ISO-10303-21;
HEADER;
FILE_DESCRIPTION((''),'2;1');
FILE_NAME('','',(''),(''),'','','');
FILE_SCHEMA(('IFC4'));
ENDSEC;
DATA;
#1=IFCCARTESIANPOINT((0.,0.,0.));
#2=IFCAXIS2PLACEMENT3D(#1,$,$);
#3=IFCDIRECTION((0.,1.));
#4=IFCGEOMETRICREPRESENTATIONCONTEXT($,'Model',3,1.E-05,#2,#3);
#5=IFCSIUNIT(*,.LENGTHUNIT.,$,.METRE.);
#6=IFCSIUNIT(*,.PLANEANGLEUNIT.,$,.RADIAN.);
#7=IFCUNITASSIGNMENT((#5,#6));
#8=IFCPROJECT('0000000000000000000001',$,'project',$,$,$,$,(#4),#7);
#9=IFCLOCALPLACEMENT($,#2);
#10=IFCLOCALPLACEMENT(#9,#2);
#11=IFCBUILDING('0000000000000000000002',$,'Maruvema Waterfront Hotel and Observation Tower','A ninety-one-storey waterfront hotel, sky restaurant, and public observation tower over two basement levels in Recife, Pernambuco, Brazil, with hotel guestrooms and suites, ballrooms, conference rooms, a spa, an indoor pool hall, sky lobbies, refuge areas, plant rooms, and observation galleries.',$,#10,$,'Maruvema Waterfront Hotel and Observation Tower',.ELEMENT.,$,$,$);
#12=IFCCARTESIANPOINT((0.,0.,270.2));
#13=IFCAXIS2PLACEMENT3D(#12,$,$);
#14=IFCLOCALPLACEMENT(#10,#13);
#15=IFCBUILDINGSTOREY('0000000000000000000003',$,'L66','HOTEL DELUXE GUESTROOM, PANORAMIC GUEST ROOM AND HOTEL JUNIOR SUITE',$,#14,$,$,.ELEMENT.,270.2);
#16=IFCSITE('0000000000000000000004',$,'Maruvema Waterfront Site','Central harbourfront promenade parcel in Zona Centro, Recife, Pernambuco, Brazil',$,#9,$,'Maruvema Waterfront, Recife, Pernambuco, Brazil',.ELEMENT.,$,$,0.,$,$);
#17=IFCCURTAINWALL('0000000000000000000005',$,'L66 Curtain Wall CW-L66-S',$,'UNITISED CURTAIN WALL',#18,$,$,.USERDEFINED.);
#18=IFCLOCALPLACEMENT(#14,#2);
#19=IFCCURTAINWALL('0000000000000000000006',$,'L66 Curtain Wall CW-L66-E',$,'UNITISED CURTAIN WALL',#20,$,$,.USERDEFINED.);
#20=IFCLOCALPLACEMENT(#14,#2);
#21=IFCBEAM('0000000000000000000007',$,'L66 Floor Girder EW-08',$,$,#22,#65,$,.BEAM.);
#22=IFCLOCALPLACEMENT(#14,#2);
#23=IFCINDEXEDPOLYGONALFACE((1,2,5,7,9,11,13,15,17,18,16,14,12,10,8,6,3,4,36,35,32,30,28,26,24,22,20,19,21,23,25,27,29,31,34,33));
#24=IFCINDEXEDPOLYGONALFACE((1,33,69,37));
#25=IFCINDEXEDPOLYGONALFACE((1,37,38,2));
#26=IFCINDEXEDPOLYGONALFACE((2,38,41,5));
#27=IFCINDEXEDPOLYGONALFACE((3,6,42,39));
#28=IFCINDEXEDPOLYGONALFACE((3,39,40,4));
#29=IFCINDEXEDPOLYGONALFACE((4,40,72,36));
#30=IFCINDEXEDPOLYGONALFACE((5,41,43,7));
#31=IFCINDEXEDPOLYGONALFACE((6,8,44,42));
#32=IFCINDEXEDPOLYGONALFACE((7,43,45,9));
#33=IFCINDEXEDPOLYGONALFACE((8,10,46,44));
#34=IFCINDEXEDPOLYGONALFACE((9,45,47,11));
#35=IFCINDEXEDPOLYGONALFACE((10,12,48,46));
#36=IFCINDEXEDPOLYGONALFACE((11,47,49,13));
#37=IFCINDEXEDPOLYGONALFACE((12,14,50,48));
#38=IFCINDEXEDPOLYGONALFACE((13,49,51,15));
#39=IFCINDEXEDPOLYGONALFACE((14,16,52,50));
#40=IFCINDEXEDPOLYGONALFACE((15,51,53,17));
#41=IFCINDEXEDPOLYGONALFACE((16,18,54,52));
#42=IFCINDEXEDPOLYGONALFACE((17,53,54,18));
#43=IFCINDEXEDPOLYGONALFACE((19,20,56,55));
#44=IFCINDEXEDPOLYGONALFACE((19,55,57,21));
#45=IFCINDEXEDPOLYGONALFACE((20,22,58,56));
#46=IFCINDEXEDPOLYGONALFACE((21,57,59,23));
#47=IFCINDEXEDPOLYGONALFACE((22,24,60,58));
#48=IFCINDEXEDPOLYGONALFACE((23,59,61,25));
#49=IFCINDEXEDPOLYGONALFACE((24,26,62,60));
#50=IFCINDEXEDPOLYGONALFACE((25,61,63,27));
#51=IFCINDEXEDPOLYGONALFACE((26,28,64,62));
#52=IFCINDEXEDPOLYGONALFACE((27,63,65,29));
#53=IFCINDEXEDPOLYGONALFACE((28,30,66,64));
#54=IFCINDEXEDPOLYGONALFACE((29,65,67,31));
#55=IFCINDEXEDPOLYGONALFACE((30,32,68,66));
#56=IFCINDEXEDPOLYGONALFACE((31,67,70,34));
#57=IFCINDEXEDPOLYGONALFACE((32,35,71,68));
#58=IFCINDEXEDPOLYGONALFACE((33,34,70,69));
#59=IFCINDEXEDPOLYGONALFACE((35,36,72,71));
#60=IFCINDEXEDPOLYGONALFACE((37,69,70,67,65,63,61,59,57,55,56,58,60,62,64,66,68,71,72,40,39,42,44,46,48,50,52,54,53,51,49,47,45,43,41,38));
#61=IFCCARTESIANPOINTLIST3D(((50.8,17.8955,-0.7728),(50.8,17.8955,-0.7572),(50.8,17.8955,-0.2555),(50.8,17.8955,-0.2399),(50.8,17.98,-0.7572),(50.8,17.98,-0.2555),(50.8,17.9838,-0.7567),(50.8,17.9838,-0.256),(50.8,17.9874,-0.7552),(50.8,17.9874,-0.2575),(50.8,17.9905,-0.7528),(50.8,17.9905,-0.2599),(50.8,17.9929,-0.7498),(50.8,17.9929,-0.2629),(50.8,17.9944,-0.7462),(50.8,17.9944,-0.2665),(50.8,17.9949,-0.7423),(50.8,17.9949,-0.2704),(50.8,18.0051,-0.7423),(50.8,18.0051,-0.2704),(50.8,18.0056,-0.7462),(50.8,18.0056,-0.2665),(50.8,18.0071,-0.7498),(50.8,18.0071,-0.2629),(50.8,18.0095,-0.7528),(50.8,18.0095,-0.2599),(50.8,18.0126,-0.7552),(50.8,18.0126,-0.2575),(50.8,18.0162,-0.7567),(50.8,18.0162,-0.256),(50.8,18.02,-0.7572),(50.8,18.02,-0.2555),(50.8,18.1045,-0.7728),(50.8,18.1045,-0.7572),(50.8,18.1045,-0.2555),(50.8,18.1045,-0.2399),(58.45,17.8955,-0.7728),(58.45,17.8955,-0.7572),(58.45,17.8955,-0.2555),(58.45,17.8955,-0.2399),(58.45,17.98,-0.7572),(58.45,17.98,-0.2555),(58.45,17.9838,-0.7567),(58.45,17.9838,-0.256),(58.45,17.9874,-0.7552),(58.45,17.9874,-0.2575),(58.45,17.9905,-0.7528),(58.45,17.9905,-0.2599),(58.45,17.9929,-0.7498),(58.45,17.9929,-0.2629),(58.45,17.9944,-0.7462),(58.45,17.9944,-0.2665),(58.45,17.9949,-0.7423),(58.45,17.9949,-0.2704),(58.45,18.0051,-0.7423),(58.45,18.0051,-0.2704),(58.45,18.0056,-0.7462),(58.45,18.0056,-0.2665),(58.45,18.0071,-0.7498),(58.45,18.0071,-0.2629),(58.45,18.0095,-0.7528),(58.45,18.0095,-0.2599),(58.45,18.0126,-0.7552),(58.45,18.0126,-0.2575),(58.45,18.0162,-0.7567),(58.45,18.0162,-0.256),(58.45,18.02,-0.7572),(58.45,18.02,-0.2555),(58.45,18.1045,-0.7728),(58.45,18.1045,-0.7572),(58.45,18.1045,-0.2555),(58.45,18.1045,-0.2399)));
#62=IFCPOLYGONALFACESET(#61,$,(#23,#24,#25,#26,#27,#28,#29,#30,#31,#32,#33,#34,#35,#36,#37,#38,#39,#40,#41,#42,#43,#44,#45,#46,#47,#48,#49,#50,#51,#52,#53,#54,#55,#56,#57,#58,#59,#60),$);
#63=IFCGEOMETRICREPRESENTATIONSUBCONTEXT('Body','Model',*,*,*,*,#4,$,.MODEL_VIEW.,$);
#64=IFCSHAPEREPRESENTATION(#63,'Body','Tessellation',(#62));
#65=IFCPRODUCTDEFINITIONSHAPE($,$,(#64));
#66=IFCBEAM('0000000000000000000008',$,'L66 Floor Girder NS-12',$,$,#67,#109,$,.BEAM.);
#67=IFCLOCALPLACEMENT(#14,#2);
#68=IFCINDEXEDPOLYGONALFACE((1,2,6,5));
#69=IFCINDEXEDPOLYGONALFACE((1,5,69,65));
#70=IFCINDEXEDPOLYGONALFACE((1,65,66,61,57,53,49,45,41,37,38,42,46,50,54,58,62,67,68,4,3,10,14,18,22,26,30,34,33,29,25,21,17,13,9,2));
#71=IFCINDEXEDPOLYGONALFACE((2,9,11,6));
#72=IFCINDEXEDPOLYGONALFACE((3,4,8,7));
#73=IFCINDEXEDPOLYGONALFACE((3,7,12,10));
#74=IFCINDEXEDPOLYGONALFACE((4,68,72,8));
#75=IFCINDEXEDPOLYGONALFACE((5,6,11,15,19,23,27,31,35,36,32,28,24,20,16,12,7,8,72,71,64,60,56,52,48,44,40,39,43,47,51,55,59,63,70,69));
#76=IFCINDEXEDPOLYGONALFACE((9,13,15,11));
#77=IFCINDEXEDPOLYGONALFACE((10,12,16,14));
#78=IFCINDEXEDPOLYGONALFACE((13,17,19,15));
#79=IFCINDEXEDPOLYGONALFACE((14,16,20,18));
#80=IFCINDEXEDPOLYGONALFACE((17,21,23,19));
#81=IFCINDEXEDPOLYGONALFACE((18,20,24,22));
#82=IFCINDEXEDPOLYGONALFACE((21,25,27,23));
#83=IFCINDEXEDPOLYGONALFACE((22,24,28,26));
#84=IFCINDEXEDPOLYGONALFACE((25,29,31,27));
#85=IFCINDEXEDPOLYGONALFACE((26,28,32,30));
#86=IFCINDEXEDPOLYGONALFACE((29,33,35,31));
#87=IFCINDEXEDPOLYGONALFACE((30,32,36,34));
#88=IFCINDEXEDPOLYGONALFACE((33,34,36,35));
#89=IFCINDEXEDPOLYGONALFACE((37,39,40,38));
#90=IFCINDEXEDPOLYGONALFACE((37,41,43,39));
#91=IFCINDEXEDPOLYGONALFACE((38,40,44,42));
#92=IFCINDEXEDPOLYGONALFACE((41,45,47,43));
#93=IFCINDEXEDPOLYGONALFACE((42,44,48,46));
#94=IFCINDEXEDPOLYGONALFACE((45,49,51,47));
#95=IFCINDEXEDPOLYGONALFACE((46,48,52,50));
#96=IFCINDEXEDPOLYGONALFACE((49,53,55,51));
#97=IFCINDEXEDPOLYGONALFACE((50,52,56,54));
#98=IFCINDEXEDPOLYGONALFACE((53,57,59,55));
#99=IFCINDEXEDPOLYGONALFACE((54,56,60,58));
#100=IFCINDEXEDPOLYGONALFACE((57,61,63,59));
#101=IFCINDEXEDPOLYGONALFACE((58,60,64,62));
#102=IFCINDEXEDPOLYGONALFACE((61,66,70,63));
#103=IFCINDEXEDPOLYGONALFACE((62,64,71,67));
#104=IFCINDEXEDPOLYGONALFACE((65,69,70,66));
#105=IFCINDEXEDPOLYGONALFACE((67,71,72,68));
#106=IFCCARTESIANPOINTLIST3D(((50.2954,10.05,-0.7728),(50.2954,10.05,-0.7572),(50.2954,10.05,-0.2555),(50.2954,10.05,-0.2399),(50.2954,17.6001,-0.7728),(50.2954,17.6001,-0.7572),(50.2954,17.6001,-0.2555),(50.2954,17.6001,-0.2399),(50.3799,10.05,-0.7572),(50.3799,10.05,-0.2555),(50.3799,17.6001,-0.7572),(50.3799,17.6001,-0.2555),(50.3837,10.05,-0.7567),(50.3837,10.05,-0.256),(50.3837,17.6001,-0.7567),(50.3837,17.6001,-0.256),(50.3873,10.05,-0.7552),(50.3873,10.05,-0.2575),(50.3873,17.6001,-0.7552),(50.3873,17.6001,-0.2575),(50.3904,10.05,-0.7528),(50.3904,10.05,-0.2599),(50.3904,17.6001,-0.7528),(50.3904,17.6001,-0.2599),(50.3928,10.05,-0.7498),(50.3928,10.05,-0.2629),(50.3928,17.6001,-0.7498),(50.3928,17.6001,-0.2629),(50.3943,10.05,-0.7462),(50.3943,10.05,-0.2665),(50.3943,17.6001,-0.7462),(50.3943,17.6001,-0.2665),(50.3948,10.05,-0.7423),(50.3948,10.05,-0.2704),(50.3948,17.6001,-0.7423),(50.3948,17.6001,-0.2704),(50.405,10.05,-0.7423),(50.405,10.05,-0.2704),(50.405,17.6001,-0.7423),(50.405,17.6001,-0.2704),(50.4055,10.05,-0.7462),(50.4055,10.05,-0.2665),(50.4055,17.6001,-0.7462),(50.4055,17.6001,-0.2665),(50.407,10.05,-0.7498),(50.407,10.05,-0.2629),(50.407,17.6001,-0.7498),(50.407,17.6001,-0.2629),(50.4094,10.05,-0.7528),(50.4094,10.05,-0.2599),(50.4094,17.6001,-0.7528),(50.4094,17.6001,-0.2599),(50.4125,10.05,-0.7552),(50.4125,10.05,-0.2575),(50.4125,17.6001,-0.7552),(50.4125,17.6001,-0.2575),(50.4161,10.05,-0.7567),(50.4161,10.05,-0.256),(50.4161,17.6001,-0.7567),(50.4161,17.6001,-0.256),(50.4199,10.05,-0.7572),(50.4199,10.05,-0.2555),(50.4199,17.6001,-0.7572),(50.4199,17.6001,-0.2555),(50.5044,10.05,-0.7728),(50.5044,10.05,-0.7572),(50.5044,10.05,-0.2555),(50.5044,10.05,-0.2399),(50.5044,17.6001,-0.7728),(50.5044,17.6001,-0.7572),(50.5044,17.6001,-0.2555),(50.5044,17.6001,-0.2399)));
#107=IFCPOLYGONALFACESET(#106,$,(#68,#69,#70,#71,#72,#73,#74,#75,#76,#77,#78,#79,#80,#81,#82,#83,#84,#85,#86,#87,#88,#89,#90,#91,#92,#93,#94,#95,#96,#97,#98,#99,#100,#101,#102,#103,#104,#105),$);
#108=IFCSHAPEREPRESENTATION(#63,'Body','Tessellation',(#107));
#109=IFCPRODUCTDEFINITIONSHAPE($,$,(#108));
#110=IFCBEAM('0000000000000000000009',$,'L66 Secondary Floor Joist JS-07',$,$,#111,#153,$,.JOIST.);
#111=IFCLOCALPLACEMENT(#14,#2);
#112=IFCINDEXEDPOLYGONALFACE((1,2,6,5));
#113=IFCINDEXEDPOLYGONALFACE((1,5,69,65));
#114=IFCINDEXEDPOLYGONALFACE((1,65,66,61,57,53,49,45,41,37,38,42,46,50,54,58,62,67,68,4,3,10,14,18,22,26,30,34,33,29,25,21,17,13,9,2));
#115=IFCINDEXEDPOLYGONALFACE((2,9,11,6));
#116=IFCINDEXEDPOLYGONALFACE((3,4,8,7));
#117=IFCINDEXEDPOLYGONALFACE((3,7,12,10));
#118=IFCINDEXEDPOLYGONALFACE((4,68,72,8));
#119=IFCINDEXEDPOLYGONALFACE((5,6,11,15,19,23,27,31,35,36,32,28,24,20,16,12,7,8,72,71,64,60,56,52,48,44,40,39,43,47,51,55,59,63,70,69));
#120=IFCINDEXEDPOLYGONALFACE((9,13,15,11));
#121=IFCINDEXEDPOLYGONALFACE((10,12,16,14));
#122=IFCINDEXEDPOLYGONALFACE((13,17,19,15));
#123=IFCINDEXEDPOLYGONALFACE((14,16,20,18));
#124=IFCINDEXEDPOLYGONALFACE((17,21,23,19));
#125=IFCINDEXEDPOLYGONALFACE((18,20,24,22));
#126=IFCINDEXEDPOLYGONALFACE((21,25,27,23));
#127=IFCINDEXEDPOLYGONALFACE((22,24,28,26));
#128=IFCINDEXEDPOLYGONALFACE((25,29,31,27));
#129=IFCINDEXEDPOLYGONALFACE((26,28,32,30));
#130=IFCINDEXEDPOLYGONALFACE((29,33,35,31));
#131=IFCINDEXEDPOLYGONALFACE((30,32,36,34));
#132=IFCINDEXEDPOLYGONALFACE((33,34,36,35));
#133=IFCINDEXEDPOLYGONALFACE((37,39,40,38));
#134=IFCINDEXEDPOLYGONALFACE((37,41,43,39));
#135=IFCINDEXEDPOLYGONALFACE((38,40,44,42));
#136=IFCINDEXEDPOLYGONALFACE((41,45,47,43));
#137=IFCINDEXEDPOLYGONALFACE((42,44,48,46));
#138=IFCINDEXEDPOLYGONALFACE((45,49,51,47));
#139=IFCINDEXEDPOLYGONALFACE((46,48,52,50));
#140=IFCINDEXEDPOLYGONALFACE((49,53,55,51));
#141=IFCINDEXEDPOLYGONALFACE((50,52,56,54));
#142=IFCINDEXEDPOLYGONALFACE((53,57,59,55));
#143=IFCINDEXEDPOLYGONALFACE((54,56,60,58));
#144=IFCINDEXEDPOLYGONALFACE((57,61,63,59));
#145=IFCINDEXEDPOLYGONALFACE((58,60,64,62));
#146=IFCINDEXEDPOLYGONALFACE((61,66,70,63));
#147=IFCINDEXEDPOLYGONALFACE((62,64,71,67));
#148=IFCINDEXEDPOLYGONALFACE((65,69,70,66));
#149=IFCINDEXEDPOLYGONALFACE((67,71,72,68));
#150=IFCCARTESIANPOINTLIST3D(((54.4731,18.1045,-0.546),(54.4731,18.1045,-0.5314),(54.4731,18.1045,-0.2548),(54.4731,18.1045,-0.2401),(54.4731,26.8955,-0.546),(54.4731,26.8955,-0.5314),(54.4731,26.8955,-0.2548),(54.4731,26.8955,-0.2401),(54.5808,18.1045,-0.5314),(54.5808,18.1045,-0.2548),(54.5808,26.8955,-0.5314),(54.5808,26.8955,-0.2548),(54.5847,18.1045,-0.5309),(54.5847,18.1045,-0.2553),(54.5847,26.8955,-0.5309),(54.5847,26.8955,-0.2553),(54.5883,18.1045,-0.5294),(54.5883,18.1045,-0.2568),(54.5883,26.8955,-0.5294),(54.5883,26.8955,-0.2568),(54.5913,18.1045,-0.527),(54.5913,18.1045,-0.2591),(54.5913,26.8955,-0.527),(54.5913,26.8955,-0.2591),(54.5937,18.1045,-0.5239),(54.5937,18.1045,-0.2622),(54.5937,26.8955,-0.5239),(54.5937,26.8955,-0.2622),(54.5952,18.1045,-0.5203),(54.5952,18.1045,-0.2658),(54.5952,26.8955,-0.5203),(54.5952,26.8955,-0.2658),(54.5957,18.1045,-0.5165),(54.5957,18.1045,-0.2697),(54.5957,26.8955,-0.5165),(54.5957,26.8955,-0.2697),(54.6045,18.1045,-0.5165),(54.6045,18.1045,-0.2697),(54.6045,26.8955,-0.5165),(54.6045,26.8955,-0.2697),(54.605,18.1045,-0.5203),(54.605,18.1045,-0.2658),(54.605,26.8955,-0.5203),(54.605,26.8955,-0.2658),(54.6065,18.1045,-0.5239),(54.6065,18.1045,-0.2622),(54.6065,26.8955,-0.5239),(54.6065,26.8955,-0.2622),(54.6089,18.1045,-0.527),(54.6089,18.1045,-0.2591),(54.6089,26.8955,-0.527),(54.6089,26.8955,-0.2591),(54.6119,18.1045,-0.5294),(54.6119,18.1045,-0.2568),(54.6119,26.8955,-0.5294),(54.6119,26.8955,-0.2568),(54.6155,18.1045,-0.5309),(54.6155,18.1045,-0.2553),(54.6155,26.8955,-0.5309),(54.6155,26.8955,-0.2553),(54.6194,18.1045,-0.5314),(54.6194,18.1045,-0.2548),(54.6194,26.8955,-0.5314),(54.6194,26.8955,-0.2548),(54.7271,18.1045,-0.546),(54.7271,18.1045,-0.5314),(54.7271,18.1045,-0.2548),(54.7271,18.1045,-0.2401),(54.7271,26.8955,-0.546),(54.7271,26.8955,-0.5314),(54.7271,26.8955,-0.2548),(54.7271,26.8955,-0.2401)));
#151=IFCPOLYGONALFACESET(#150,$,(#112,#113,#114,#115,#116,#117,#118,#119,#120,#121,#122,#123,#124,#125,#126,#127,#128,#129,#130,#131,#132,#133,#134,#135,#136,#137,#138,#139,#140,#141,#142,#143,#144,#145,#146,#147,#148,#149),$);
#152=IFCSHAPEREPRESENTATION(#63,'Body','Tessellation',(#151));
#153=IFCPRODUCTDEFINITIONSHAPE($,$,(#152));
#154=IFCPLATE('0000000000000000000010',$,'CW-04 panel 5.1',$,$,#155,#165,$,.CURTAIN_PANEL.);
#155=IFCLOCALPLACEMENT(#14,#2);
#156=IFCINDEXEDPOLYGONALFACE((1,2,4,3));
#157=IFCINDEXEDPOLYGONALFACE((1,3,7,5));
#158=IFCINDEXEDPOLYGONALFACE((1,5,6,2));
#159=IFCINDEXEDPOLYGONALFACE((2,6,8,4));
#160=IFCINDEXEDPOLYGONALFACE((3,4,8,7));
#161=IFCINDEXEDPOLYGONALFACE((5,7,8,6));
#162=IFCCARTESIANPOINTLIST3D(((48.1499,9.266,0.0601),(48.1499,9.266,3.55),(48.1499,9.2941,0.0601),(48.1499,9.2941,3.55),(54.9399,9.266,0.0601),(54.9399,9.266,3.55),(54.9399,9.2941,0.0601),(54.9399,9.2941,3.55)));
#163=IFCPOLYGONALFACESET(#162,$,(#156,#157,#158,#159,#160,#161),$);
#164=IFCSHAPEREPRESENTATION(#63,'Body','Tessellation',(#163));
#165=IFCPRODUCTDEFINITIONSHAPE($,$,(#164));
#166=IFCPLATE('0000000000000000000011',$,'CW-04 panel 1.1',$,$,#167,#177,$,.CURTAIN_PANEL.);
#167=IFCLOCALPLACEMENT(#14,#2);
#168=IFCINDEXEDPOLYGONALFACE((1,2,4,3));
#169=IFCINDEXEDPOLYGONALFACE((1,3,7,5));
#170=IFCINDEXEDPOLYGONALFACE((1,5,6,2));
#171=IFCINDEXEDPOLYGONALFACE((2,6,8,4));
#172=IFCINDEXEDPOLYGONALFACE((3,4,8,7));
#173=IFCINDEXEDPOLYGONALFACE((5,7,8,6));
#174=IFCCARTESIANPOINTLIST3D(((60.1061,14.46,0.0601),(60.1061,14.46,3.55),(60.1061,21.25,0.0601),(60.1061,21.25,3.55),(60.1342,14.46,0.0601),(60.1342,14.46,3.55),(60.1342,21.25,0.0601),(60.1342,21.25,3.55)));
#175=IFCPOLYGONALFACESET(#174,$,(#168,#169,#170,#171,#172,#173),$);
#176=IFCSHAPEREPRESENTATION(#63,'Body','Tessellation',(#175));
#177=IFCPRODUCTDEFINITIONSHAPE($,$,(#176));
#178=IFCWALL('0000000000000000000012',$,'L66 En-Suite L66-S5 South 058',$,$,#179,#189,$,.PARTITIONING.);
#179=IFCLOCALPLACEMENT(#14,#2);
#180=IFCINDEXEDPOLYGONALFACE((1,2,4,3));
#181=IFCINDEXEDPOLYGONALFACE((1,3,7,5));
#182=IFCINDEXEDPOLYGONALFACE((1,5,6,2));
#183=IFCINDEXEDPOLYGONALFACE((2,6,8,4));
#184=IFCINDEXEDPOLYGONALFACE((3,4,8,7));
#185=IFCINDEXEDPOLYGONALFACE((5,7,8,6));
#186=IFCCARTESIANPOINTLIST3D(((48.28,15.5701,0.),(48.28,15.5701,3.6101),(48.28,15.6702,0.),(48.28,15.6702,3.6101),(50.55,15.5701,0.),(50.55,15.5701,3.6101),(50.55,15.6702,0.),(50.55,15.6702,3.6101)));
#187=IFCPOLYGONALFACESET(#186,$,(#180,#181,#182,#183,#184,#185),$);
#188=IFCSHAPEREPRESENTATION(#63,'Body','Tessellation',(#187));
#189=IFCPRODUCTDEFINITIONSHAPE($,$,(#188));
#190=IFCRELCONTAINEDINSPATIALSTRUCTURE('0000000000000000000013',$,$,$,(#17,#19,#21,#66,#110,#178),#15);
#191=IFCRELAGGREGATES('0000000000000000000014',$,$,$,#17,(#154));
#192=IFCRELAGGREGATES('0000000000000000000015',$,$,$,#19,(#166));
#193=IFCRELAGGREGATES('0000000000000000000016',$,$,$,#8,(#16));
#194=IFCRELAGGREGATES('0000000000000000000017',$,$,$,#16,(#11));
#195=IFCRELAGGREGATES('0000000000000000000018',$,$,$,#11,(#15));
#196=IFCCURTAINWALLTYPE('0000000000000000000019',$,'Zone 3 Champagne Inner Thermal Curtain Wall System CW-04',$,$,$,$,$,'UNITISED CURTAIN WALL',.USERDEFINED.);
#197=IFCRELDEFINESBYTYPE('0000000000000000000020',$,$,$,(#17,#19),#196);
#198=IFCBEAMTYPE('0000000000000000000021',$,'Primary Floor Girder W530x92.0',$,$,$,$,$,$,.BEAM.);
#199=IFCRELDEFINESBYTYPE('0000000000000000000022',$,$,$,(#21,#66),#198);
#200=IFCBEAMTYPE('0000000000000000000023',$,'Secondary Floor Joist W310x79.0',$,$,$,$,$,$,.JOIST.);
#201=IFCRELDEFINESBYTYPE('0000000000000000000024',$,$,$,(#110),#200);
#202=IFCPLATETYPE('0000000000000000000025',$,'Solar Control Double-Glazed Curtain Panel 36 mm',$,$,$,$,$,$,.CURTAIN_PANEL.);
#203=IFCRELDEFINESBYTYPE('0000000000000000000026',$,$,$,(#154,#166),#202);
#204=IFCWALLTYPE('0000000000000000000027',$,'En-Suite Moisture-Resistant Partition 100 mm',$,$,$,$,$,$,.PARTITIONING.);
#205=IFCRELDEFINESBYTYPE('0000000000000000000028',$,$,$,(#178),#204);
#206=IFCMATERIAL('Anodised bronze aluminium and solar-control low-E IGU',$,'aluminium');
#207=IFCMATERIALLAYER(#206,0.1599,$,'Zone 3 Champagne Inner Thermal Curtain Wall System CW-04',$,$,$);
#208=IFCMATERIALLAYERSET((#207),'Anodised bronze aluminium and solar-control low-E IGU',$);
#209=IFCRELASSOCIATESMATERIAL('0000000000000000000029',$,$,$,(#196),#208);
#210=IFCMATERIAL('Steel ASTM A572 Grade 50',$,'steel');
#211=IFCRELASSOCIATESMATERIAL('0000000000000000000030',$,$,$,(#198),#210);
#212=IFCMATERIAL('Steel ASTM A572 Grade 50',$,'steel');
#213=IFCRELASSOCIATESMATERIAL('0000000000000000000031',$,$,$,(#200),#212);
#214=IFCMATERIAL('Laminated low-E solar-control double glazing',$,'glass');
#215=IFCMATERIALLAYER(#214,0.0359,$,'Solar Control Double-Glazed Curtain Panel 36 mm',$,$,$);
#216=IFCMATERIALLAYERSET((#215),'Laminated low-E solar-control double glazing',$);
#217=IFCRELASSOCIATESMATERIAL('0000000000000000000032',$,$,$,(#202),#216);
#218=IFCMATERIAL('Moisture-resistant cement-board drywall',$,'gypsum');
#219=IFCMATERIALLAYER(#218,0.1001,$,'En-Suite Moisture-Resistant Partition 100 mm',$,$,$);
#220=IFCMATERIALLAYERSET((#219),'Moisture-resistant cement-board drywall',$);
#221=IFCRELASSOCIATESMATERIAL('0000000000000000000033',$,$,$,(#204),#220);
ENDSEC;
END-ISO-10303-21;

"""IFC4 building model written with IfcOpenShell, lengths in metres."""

from ifc_helpers import new_model, si_unit, direction, frame, frame_2d, origin, origin_2d, place, context, subcontext, project, spatial, rectangle, i_section, extrude, material, layer, layer_set, material_profile, profile_set, type_object, element, aggregate, save


model = new_model("IFC4")

# Units and contexts
model_context = context("Model", 3, precision=1e-05, world=origin(), true_north=direction((0.0, 1.0)))
body_context = subcontext(model_context, "Body", "Model", "MODEL_VIEW")
ifc_project = project(units=[si_unit("LENGTHUNIT", "METRE"), si_unit("PLANEANGLEUNIT", "RADIAN")], contexts=[model_context])

# Site, building, storey
site_placement = place(None, origin())
site = spatial("IfcSite", under=ifc_project, at=site_placement, Name="Maruvema Waterfront Site", Description="Central harbourfront promenade parcel in Zona Centro, Recife, Pernambuco, Brazil", LongName="Maruvema Waterfront, Recife, Pernambuco, Brazil", CompositionType="ELEMENT", RefElevation=0.0)
building_placement = place(site_placement, origin())
building = spatial("IfcBuilding", under=site, at=building_placement, Name="Maruvema Waterfront Hotel and Observation Tower", Description="A ninety-one-storey waterfront hotel, sky restaurant, and public observation tower over two basement levels in Recife, Pernambuco, Brazil, with hotel guestrooms and suites, ballrooms, conference rooms, a spa, an indoor pool hall, sky lobbies, refuge areas, plant rooms, and observation galleries.", LongName="Maruvema Waterfront Hotel and Observation Tower", CompositionType="ELEMENT")
storey_placement = place(building_placement, frame((0.0, 0.0, 270.2)))
storey = spatial("IfcBuildingStorey", under=building, at=storey_placement, Name="L66", Description="HOTEL DELUXE GUESTROOM, PANORAMIC GUEST ROOM AND HOTEL JUNIOR SUITE", CompositionType="ELEMENT", Elevation=270.2)

# Curtain walls
ifc_material_1 = material(Name="Anodised bronze aluminium and solar-control low-E IGU", Category="aluminium")
ifc_layer_1 = layer(ifc_material_1, 0.1599, Name="Zone 3 Champagne Inner Thermal Curtain Wall System CW-04")
ifc_layer_set_1 = layer_set([ifc_layer_1], Name="Anodised bronze aluminium and solar-control low-E IGU")
curtain_wall_type = type_object("IfcCurtainWallType", Name="Zone 3 Champagne Inner Thermal Curtain Wall System CW-04", ElementType="UNITISED CURTAIN WALL", PredefinedType="USERDEFINED", material=ifc_layer_set_1)
curtain_wall_1_placement = place(storey_placement, origin())
curtain_wall_1 = element("IfcCurtainWall", 1, at=curtain_wall_1_placement, inside=storey, type_object=curtain_wall_type, Name="L66 Curtain Wall CW-L66-S", ObjectType="UNITISED CURTAIN WALL", PredefinedType="USERDEFINED")
curtain_wall_2_placement = place(storey_placement, origin())
curtain_wall_2 = element("IfcCurtainWall", 2, at=curtain_wall_2_placement, inside=storey, type_object=curtain_wall_type, Name="L66 Curtain Wall CW-L66-E", ObjectType="UNITISED CURTAIN WALL", PredefinedType="USERDEFINED")

# Beams
ifc_material_2 = material(Name="Steel ASTM A572 Grade 50", Category="steel")
ifc_material_profile_1 = material_profile(ifc_material_2, i_section(OverallWidth=0.209, OverallDepth=0.533, WebThickness=0.0103, FlangeThickness=0.0156, FilletRadius=0.0149, at=origin_2d()), Name="W530x92.0")
ifc_profile_set_1 = profile_set([ifc_material_profile_1], Name="Steel ASTM A572 Grade 50")
beam_type_1 = type_object("IfcBeamType", Name="Primary Floor Girder W530x92.0", PredefinedType="BEAM", material=ifc_profile_set_1)
beam_1_placement = place(storey_placement, frame((50.8, 18.0, -0.5063), z_axis=(1.0, 0.0, 0.0), x_axis=(0.0, 1.0, 0.0)))
element("IfcBeam", 3, at=beam_1_placement, inside=storey, type_object=beam_type_1, Name="L66 Floor Girder EW-08", PredefinedType="BEAM", context=body_context, shape_type="SweptSolid", body=[
    extrude(i_section(OverallWidth=0.209, OverallDepth=0.533, WebThickness=0.0103, FlangeThickness=0.0156, FilletRadius=0.0149, at=origin_2d()), origin(), (0.0, 0.0, 1.0), 7.6499),
])
beam_2_placement = place(storey_placement, frame((50.3999, 10.05, -0.5063), z_axis=(0.0, 1.0, 0.0), x_axis=(-1.0, 0.0, 0.0)))
element("IfcBeam", 4, at=beam_2_placement, inside=storey, type_object=beam_type_1, Name="L66 Floor Girder NS-12", PredefinedType="BEAM", context=body_context, shape_type="SweptSolid", body=[
    extrude(i_section(OverallWidth=0.209, OverallDepth=0.533, WebThickness=0.0103, FlangeThickness=0.0156, FilletRadius=0.0149, at=origin_2d()), origin(), (0.0, 0.0, 1.0), 7.55),
])
ifc_material_3 = material(Name="Steel ASTM A572 Grade 50", Category="steel")
ifc_material_profile_2 = material_profile(ifc_material_3, i_section(OverallWidth=0.2539, OverallDepth=0.3059, WebThickness=0.0088, FlangeThickness=0.0146, FilletRadius=0.0149, at=origin_2d()), Name="W310x79.0")
ifc_profile_set_2 = profile_set([ifc_material_profile_2], Name="Steel ASTM A572 Grade 50")
beam_type_2 = type_object("IfcBeamType", Name="Secondary Floor Joist W310x79.0", PredefinedType="JOIST", material=ifc_profile_set_2)
beam_3_placement = place(storey_placement, frame((54.6001, 18.1045, -0.3931), z_axis=(0.0, 1.0, 0.0), x_axis=(-1.0, 0.0, 0.0)))
element("IfcBeam", 5, at=beam_3_placement, inside=storey, type_object=beam_type_2, Name="L66 Secondary Floor Joist JS-07", PredefinedType="JOIST", context=body_context, shape_type="SweptSolid", body=[
    extrude(i_section(OverallWidth=0.2539, OverallDepth=0.3059, WebThickness=0.0088, FlangeThickness=0.0146, FilletRadius=0.0149, at=origin_2d()), origin(), (0.0, 0.0, 1.0), 8.791),
])

# Plates
ifc_material_4 = material(Name="Laminated low-E solar-control double glazing", Category="glass")
ifc_layer_2 = layer(ifc_material_4, 0.0359, Name="Solar Control Double-Glazed Curtain Panel 36 mm")
ifc_layer_set_2 = layer_set([ifc_layer_2], Name="Laminated low-E solar-control double glazing")
plate_type = type_object("IfcPlateType", Name="Solar Control Double-Glazed Curtain Panel 36 mm", PredefinedType="CURTAIN_PANEL", material=ifc_layer_set_2)
plate_1_placement = place(storey_placement, frame((51.5449, 9.28, 0.0601), z_axis=(0.0, 0.0, 1.0), x_axis=(1.0, 0.0, 0.0)))
plate_1 = element("IfcPlate", 6, at=plate_1_placement, type_object=plate_type, Name="CW-04 panel 5.1", PredefinedType="CURTAIN_PANEL", context=body_context, shape_type="SweptSolid", body=[
    extrude(rectangle(XDim=6.79, YDim=0.0281, at=origin_2d()), origin(), (0.0, 0.0, 1.0), 3.49),
])
aggregate(curtain_wall_1, [plate_1])
plate_2_placement = place(storey_placement, frame((60.1201, 17.855, 0.0601), z_axis=(0.0, 0.0, 1.0), x_axis=(0.0, 1.0, 0.0)))
plate_2 = element("IfcPlate", 7, at=plate_2_placement, type_object=plate_type, Name="CW-04 panel 1.1", PredefinedType="CURTAIN_PANEL", context=body_context, shape_type="SweptSolid", body=[
    extrude(rectangle(XDim=6.79, YDim=0.0281, at=origin_2d()), origin(), (0.0, 0.0, 1.0), 3.49),
])
aggregate(curtain_wall_2, [plate_2])

# Wall
ifc_material_5 = material(Name="Moisture-resistant cement-board drywall", Category="gypsum")
ifc_layer_3 = layer(ifc_material_5, 0.1001, Name="En-Suite Moisture-Resistant Partition 100 mm")
ifc_layer_set_3 = layer_set([ifc_layer_3], Name="Moisture-resistant cement-board drywall")
wall_type_1 = type_object("IfcWallType", Name="En-Suite Moisture-Resistant Partition 100 mm", PredefinedType="PARTITIONING", material=ifc_layer_set_3)
wall_1_placement = place(storey_placement, frame((48.28, 15.6201, 0.0), z_axis=(0.0, 0.0, 1.0), x_axis=(1.0, 0.0, 0.0)))
element("IfcWall", 8, at=wall_1_placement, inside=storey, type_object=wall_type_1, Name="L66 En-Suite L66-S5 South 058", PredefinedType="PARTITIONING", context=body_context, shape_type="SweptSolid", body=[
    extrude(rectangle(XDim=2.27, YDim=0.1001, at=frame_2d((1.135, 0.0))), origin(), (0.0, 0.0, 1.0), 3.6101),
])

save(model, "model.ifc")
